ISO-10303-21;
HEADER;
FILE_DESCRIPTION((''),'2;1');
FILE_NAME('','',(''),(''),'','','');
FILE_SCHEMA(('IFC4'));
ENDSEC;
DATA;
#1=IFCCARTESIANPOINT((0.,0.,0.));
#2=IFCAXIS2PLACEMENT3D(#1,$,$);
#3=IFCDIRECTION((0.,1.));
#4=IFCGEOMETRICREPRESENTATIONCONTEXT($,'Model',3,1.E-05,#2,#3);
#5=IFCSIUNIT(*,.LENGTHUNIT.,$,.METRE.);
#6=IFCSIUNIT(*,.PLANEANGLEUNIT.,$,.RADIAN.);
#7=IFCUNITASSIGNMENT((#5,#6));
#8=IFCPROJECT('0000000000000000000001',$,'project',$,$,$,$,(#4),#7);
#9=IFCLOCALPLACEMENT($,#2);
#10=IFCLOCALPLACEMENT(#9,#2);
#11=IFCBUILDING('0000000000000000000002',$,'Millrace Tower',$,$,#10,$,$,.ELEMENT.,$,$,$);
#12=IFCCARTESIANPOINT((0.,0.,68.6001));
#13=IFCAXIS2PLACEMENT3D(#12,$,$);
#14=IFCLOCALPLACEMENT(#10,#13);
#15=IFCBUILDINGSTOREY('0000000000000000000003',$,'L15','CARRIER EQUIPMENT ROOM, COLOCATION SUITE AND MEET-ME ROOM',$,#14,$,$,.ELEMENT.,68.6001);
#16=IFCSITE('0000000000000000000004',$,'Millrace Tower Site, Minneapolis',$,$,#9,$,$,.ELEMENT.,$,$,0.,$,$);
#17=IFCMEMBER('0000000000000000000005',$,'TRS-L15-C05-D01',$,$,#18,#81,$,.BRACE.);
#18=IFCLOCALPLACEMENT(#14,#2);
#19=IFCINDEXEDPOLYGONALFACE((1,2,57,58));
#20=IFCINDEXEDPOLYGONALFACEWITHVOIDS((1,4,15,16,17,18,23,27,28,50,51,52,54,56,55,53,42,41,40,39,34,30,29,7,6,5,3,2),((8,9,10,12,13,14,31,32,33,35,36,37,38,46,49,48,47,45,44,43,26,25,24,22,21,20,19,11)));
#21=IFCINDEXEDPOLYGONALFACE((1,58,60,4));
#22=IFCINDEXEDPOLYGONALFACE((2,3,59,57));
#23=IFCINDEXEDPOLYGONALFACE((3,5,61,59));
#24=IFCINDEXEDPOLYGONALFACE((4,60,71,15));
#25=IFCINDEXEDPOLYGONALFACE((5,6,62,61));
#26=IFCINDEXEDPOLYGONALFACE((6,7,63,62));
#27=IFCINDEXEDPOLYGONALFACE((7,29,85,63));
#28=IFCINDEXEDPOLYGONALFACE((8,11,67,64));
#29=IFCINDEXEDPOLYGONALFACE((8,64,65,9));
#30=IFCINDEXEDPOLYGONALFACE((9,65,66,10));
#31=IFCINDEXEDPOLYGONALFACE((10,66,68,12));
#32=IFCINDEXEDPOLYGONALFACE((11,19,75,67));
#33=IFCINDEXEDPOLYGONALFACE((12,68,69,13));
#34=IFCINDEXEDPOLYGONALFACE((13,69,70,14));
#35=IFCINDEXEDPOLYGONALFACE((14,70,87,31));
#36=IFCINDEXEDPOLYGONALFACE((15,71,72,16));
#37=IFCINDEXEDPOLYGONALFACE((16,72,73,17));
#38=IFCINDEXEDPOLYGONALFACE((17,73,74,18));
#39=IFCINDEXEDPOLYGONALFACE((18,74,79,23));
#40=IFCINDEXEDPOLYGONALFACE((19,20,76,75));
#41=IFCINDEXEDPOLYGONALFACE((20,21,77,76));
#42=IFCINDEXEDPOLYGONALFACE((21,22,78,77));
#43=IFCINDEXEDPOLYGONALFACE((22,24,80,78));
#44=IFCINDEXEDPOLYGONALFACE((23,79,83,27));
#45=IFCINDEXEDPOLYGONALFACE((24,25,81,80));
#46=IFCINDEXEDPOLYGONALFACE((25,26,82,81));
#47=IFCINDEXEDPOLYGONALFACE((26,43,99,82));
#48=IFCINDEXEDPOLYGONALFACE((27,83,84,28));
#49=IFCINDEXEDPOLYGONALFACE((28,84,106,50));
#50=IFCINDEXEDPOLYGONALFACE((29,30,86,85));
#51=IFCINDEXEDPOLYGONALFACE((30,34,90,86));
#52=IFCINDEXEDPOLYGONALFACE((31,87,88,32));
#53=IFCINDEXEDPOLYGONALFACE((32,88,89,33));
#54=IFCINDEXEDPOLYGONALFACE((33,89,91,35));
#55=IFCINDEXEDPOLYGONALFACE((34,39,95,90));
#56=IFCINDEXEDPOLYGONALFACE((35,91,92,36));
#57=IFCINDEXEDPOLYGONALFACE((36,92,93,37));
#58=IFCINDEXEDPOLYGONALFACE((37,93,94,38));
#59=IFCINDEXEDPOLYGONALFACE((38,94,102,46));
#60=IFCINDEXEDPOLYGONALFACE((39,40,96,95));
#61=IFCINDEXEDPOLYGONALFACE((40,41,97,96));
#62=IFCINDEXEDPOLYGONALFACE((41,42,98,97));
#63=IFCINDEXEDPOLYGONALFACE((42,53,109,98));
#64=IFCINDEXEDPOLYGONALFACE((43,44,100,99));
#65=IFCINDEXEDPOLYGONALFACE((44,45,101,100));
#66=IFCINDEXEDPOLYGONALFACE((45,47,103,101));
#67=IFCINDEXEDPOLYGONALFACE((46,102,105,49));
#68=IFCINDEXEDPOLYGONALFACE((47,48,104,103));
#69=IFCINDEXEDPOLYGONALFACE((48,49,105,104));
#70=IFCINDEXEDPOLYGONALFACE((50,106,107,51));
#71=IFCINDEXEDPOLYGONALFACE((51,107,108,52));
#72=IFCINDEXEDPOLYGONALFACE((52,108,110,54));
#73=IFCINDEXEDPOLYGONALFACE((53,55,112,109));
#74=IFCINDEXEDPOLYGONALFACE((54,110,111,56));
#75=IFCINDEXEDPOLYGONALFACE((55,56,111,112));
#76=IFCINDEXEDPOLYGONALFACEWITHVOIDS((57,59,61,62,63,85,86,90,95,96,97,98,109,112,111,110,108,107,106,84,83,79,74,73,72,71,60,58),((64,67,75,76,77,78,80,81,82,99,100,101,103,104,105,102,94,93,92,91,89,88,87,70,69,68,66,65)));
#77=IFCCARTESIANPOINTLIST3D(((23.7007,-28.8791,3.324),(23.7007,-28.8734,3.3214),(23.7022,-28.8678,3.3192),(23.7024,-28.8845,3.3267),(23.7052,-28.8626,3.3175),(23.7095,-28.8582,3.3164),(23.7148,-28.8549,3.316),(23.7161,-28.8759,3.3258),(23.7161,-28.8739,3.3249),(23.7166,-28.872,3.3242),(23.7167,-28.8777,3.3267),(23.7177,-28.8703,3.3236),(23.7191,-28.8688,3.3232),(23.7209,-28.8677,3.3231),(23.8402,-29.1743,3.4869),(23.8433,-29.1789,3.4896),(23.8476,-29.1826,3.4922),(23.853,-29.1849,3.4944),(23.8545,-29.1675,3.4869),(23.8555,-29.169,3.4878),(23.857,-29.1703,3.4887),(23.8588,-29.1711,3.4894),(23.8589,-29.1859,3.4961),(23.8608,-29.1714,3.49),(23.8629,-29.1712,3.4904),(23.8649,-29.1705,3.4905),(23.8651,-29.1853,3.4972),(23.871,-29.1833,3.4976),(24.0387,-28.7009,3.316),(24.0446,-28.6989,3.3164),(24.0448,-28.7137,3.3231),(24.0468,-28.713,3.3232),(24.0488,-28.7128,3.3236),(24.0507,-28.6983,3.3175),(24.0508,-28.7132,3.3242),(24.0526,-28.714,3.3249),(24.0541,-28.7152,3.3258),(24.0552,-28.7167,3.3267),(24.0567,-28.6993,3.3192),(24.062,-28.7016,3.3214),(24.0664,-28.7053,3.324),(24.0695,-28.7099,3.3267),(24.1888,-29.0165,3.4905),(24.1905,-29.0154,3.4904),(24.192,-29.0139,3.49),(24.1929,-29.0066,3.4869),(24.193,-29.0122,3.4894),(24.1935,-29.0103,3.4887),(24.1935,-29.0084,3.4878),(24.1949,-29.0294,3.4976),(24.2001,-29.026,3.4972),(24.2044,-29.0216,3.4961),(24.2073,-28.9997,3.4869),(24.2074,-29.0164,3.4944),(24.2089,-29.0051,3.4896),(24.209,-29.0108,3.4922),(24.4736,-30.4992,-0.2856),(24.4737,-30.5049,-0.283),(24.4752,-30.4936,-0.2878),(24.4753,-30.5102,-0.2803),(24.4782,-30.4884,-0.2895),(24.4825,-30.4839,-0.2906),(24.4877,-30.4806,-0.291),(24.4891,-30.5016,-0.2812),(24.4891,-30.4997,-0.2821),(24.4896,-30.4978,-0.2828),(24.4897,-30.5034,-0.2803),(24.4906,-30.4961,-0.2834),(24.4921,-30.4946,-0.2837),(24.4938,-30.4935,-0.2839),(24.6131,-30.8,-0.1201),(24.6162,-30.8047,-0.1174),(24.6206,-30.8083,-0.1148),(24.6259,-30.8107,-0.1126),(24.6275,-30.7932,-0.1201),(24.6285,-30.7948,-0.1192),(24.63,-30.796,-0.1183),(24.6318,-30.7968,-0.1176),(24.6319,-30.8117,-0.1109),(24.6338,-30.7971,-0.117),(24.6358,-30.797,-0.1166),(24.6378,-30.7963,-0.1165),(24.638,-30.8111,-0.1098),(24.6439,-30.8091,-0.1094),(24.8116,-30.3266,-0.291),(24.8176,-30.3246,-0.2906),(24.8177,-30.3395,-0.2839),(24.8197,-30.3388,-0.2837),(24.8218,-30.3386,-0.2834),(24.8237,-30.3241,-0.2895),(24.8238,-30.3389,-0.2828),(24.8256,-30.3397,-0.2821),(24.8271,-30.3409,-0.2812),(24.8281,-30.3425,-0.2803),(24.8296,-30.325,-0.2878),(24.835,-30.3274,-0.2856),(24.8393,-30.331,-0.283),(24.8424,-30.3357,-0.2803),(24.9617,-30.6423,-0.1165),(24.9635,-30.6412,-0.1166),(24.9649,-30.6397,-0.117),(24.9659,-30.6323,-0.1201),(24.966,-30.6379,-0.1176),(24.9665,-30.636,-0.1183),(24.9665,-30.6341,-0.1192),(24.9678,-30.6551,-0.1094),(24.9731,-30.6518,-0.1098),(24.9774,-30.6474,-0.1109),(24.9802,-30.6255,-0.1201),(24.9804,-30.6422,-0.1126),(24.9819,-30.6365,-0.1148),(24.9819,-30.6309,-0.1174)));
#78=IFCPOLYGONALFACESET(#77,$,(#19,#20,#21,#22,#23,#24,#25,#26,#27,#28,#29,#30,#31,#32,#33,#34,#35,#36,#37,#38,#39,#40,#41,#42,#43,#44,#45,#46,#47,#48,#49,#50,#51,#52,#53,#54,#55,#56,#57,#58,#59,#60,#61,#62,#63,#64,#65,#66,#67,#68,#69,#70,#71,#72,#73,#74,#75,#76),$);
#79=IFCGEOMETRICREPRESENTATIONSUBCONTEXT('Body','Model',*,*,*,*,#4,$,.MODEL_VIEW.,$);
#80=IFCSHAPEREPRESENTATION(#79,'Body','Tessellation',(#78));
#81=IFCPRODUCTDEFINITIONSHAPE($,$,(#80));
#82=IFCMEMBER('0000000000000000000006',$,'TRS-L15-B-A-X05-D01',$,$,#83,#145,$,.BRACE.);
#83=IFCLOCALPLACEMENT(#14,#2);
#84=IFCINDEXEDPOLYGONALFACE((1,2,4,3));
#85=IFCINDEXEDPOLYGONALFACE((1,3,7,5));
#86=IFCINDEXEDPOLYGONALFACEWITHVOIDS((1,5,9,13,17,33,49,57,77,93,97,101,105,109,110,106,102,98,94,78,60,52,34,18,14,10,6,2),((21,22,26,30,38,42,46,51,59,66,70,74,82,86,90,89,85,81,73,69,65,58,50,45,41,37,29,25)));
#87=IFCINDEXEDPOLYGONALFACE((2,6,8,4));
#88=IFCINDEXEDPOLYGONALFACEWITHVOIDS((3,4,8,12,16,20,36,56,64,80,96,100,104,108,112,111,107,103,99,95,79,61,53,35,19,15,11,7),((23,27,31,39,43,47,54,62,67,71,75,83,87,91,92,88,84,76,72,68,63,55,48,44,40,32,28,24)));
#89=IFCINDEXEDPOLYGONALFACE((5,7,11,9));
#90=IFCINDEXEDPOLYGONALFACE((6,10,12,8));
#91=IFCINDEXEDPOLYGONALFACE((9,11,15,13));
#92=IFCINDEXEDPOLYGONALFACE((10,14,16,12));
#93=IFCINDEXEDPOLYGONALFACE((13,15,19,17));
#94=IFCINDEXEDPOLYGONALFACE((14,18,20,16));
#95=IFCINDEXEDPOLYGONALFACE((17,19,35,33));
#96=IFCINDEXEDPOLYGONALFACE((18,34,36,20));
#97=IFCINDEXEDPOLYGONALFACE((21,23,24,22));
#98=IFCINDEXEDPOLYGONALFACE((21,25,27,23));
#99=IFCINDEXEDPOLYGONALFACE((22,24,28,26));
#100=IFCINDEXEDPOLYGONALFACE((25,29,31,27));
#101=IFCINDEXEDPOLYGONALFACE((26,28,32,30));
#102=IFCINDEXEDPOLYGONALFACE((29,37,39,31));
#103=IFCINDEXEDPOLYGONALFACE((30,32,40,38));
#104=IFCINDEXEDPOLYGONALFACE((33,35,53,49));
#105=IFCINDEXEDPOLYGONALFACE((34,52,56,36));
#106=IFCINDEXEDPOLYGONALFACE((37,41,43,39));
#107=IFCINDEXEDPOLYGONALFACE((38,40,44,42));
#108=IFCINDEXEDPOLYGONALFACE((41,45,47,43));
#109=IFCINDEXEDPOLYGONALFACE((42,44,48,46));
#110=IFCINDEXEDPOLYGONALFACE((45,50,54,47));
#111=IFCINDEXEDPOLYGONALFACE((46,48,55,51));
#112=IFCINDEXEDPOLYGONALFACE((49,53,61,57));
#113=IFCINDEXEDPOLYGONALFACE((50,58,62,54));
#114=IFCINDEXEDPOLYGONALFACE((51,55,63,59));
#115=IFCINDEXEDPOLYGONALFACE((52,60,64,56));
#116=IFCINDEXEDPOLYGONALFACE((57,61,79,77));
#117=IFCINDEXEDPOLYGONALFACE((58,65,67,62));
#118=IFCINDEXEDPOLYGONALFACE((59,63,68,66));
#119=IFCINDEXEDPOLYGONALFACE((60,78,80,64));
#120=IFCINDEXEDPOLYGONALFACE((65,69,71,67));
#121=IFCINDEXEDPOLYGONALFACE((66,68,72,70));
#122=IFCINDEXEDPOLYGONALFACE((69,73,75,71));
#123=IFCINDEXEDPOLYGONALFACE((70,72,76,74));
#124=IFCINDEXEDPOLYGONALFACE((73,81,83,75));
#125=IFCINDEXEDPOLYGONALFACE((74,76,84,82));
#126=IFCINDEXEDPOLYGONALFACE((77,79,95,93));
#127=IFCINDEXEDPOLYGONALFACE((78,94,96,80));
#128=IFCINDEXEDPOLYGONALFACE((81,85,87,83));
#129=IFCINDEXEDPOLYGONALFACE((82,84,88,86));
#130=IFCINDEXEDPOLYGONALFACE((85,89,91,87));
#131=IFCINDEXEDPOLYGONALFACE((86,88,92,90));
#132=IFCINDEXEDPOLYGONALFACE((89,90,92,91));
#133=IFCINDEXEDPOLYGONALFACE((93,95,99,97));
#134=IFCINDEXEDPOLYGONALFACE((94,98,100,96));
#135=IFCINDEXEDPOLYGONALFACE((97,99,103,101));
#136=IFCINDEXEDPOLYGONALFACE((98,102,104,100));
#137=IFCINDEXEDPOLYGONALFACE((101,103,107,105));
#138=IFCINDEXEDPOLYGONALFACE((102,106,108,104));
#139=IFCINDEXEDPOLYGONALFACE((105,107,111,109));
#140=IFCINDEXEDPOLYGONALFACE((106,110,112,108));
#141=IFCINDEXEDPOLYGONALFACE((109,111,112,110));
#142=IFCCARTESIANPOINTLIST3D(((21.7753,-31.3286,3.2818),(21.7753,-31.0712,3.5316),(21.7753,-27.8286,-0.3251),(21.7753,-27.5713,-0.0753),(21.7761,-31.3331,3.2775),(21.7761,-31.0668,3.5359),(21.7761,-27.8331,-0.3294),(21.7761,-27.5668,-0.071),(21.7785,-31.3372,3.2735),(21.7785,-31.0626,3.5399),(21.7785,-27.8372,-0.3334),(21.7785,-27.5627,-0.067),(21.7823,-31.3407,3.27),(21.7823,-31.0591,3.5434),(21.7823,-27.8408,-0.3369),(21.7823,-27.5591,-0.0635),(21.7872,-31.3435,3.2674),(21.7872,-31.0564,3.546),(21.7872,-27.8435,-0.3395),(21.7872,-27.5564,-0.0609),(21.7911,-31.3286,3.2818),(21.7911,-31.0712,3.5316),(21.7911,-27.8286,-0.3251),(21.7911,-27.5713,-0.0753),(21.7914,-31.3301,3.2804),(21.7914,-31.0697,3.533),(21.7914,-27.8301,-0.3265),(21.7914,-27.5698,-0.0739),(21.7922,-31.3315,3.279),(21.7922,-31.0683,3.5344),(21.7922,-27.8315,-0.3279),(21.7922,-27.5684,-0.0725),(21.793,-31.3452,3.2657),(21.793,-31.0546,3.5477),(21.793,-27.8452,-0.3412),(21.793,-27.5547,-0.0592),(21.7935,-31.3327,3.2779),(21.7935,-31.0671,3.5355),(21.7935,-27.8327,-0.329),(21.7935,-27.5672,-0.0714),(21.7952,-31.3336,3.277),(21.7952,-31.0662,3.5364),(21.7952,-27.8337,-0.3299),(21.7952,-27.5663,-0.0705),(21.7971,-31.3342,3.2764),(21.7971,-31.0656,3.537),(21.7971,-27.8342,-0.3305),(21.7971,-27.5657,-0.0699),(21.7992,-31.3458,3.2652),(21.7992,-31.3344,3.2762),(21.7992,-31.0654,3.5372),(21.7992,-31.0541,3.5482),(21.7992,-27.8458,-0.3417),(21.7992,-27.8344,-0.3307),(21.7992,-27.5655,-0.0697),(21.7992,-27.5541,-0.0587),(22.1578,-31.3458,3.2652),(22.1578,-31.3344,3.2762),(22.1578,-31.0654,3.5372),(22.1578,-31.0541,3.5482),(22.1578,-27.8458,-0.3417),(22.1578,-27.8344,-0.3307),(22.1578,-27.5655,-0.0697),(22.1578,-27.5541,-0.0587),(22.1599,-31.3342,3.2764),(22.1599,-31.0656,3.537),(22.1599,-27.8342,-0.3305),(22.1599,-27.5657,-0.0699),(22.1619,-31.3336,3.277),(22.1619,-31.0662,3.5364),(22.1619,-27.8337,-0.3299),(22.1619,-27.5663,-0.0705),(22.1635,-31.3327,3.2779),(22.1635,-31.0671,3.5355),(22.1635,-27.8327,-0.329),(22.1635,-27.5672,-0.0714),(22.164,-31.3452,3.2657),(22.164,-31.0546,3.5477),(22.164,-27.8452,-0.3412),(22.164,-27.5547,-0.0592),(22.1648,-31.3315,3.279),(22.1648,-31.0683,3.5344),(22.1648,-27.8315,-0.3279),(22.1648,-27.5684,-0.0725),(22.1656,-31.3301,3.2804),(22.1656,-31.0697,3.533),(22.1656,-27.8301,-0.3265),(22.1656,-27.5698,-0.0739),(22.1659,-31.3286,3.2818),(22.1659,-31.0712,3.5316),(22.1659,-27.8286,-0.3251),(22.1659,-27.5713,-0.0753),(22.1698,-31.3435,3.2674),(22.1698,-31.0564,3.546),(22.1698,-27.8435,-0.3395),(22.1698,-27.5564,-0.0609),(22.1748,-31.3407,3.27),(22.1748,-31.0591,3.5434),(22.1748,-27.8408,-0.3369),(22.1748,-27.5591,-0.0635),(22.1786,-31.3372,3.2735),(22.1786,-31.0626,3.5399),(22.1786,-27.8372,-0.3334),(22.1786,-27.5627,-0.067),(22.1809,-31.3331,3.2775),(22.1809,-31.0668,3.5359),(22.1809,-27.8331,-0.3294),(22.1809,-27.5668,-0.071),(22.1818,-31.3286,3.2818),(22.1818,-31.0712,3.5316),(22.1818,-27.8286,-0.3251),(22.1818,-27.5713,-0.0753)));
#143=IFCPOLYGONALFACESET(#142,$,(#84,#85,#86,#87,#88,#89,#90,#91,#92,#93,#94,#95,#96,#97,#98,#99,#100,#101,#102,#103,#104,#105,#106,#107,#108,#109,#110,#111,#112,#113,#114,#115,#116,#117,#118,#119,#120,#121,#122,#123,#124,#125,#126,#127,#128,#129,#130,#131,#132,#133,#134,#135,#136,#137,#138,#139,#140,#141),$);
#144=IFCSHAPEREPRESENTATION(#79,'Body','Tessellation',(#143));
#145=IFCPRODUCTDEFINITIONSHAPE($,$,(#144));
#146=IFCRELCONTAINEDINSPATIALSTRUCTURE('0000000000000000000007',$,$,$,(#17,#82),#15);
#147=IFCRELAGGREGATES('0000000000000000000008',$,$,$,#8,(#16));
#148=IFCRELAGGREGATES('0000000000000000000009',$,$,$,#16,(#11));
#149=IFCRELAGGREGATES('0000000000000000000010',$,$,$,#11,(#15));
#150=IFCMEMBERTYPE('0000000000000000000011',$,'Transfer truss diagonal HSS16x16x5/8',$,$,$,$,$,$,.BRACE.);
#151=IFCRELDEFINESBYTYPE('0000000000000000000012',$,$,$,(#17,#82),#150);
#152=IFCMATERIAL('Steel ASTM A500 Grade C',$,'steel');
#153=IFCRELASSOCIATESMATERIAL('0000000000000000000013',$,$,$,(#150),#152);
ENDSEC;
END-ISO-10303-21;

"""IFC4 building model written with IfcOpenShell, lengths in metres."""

from ifc_helpers import new_model, si_unit, direction, frame, origin, origin_2d, place, context, subcontext, project, spatial, hollow_rectangle, extrude, material, material_profile, profile_set, type_object, element, save


model = new_model("IFC4")

# Units and contexts
model_context = context("Model", 3, precision=1e-05, world=origin(), true_north=direction((0.0, 1.0)))
body_context = subcontext(model_context, "Body", "Model", "MODEL_VIEW")
ifc_project = project(units=[si_unit("LENGTHUNIT", "METRE"), si_unit("PLANEANGLEUNIT", "RADIAN")], contexts=[model_context])

# Site, building, storey
site_placement = place(None, origin())
site = spatial("IfcSite", under=ifc_project, at=site_placement, Name="Millrace Tower Site, Minneapolis", CompositionType="ELEMENT", RefElevation=0.0)
building_placement = place(site_placement, origin())
building = spatial("IfcBuilding", under=site, at=building_placement, Name="Millrace Tower", CompositionType="ELEMENT")
storey_placement = place(building_placement, frame((0.0, 0.0, 68.6001)))
storey = spatial("IfcBuildingStorey", under=building, at=storey_placement, Name="L15", Description="CARRIER EQUIPMENT ROOM, COLOCATION SUITE AND MEET-ME ROOM", CompositionType="ELEMENT", Elevation=68.6001)

# Members
ifc_material_1 = material(Name="Steel ASTM A500 Grade C", Category="steel")
ifc_material_profile_1 = material_profile(ifc_material_1, hollow_rectangle(XDim=0.4065, YDim=0.4065, WallThickness=0.0159, InnerFilletRadius=0.0081, OuterFilletRadius=0.0239, at=origin_2d()))
ifc_profile_set_1 = profile_set([ifc_material_profile_1], Name="Steel ASTM A500 Grade C")
member_type_1 = type_object("IfcMemberType", Name="Transfer truss diagonal HSS16x16x5/8", PredefinedType="BRACE", material=ifc_profile_set_1)
member_1_placement = place(storey_placement, frame((24.7278, -30.5679, -0.2002), z_axis=(-0.191743, 0.403289, 0.894758), x_axis=(-0.903121, -0.429386, 0.0)))
element("IfcMember", 1, at=member_1_placement, inside=storey, type_object=member_type_1, Name="TRS-L15-C05-D01", PredefinedType="BRACE", context=body_context, shape_type="SweptSolid", body=[
    extrude(hollow_rectangle(XDim=0.4065, YDim=0.4065, WallThickness=0.0159, InnerFilletRadius=0.0081, OuterFilletRadius=0.0239, at=origin_2d()), origin(), (0.0, 0.0, 1.0), 4.0312),
])
member_2_placement = place(storey_placement, frame((21.9785, -27.7, -0.2002), z_axis=(0.0, -0.696389, 0.717665), x_axis=(1.0, 0.0, 0.0)))
element("IfcMember", 2, at=member_2_placement, inside=storey, type_object=member_type_1, Name="TRS-L15-B-A-X05-D01", PredefinedType="BRACE", context=body_context, shape_type="SweptSolid", body=[
    extrude(hollow_rectangle(XDim=0.4065, YDim=0.4065, WallThickness=0.0159, InnerFilletRadius=0.0081, OuterFilletRadius=0.0239, at=origin_2d()), origin(), (0.0, 0.0, 1.0), 5.0259),
])

save(model, "model.ifc")
